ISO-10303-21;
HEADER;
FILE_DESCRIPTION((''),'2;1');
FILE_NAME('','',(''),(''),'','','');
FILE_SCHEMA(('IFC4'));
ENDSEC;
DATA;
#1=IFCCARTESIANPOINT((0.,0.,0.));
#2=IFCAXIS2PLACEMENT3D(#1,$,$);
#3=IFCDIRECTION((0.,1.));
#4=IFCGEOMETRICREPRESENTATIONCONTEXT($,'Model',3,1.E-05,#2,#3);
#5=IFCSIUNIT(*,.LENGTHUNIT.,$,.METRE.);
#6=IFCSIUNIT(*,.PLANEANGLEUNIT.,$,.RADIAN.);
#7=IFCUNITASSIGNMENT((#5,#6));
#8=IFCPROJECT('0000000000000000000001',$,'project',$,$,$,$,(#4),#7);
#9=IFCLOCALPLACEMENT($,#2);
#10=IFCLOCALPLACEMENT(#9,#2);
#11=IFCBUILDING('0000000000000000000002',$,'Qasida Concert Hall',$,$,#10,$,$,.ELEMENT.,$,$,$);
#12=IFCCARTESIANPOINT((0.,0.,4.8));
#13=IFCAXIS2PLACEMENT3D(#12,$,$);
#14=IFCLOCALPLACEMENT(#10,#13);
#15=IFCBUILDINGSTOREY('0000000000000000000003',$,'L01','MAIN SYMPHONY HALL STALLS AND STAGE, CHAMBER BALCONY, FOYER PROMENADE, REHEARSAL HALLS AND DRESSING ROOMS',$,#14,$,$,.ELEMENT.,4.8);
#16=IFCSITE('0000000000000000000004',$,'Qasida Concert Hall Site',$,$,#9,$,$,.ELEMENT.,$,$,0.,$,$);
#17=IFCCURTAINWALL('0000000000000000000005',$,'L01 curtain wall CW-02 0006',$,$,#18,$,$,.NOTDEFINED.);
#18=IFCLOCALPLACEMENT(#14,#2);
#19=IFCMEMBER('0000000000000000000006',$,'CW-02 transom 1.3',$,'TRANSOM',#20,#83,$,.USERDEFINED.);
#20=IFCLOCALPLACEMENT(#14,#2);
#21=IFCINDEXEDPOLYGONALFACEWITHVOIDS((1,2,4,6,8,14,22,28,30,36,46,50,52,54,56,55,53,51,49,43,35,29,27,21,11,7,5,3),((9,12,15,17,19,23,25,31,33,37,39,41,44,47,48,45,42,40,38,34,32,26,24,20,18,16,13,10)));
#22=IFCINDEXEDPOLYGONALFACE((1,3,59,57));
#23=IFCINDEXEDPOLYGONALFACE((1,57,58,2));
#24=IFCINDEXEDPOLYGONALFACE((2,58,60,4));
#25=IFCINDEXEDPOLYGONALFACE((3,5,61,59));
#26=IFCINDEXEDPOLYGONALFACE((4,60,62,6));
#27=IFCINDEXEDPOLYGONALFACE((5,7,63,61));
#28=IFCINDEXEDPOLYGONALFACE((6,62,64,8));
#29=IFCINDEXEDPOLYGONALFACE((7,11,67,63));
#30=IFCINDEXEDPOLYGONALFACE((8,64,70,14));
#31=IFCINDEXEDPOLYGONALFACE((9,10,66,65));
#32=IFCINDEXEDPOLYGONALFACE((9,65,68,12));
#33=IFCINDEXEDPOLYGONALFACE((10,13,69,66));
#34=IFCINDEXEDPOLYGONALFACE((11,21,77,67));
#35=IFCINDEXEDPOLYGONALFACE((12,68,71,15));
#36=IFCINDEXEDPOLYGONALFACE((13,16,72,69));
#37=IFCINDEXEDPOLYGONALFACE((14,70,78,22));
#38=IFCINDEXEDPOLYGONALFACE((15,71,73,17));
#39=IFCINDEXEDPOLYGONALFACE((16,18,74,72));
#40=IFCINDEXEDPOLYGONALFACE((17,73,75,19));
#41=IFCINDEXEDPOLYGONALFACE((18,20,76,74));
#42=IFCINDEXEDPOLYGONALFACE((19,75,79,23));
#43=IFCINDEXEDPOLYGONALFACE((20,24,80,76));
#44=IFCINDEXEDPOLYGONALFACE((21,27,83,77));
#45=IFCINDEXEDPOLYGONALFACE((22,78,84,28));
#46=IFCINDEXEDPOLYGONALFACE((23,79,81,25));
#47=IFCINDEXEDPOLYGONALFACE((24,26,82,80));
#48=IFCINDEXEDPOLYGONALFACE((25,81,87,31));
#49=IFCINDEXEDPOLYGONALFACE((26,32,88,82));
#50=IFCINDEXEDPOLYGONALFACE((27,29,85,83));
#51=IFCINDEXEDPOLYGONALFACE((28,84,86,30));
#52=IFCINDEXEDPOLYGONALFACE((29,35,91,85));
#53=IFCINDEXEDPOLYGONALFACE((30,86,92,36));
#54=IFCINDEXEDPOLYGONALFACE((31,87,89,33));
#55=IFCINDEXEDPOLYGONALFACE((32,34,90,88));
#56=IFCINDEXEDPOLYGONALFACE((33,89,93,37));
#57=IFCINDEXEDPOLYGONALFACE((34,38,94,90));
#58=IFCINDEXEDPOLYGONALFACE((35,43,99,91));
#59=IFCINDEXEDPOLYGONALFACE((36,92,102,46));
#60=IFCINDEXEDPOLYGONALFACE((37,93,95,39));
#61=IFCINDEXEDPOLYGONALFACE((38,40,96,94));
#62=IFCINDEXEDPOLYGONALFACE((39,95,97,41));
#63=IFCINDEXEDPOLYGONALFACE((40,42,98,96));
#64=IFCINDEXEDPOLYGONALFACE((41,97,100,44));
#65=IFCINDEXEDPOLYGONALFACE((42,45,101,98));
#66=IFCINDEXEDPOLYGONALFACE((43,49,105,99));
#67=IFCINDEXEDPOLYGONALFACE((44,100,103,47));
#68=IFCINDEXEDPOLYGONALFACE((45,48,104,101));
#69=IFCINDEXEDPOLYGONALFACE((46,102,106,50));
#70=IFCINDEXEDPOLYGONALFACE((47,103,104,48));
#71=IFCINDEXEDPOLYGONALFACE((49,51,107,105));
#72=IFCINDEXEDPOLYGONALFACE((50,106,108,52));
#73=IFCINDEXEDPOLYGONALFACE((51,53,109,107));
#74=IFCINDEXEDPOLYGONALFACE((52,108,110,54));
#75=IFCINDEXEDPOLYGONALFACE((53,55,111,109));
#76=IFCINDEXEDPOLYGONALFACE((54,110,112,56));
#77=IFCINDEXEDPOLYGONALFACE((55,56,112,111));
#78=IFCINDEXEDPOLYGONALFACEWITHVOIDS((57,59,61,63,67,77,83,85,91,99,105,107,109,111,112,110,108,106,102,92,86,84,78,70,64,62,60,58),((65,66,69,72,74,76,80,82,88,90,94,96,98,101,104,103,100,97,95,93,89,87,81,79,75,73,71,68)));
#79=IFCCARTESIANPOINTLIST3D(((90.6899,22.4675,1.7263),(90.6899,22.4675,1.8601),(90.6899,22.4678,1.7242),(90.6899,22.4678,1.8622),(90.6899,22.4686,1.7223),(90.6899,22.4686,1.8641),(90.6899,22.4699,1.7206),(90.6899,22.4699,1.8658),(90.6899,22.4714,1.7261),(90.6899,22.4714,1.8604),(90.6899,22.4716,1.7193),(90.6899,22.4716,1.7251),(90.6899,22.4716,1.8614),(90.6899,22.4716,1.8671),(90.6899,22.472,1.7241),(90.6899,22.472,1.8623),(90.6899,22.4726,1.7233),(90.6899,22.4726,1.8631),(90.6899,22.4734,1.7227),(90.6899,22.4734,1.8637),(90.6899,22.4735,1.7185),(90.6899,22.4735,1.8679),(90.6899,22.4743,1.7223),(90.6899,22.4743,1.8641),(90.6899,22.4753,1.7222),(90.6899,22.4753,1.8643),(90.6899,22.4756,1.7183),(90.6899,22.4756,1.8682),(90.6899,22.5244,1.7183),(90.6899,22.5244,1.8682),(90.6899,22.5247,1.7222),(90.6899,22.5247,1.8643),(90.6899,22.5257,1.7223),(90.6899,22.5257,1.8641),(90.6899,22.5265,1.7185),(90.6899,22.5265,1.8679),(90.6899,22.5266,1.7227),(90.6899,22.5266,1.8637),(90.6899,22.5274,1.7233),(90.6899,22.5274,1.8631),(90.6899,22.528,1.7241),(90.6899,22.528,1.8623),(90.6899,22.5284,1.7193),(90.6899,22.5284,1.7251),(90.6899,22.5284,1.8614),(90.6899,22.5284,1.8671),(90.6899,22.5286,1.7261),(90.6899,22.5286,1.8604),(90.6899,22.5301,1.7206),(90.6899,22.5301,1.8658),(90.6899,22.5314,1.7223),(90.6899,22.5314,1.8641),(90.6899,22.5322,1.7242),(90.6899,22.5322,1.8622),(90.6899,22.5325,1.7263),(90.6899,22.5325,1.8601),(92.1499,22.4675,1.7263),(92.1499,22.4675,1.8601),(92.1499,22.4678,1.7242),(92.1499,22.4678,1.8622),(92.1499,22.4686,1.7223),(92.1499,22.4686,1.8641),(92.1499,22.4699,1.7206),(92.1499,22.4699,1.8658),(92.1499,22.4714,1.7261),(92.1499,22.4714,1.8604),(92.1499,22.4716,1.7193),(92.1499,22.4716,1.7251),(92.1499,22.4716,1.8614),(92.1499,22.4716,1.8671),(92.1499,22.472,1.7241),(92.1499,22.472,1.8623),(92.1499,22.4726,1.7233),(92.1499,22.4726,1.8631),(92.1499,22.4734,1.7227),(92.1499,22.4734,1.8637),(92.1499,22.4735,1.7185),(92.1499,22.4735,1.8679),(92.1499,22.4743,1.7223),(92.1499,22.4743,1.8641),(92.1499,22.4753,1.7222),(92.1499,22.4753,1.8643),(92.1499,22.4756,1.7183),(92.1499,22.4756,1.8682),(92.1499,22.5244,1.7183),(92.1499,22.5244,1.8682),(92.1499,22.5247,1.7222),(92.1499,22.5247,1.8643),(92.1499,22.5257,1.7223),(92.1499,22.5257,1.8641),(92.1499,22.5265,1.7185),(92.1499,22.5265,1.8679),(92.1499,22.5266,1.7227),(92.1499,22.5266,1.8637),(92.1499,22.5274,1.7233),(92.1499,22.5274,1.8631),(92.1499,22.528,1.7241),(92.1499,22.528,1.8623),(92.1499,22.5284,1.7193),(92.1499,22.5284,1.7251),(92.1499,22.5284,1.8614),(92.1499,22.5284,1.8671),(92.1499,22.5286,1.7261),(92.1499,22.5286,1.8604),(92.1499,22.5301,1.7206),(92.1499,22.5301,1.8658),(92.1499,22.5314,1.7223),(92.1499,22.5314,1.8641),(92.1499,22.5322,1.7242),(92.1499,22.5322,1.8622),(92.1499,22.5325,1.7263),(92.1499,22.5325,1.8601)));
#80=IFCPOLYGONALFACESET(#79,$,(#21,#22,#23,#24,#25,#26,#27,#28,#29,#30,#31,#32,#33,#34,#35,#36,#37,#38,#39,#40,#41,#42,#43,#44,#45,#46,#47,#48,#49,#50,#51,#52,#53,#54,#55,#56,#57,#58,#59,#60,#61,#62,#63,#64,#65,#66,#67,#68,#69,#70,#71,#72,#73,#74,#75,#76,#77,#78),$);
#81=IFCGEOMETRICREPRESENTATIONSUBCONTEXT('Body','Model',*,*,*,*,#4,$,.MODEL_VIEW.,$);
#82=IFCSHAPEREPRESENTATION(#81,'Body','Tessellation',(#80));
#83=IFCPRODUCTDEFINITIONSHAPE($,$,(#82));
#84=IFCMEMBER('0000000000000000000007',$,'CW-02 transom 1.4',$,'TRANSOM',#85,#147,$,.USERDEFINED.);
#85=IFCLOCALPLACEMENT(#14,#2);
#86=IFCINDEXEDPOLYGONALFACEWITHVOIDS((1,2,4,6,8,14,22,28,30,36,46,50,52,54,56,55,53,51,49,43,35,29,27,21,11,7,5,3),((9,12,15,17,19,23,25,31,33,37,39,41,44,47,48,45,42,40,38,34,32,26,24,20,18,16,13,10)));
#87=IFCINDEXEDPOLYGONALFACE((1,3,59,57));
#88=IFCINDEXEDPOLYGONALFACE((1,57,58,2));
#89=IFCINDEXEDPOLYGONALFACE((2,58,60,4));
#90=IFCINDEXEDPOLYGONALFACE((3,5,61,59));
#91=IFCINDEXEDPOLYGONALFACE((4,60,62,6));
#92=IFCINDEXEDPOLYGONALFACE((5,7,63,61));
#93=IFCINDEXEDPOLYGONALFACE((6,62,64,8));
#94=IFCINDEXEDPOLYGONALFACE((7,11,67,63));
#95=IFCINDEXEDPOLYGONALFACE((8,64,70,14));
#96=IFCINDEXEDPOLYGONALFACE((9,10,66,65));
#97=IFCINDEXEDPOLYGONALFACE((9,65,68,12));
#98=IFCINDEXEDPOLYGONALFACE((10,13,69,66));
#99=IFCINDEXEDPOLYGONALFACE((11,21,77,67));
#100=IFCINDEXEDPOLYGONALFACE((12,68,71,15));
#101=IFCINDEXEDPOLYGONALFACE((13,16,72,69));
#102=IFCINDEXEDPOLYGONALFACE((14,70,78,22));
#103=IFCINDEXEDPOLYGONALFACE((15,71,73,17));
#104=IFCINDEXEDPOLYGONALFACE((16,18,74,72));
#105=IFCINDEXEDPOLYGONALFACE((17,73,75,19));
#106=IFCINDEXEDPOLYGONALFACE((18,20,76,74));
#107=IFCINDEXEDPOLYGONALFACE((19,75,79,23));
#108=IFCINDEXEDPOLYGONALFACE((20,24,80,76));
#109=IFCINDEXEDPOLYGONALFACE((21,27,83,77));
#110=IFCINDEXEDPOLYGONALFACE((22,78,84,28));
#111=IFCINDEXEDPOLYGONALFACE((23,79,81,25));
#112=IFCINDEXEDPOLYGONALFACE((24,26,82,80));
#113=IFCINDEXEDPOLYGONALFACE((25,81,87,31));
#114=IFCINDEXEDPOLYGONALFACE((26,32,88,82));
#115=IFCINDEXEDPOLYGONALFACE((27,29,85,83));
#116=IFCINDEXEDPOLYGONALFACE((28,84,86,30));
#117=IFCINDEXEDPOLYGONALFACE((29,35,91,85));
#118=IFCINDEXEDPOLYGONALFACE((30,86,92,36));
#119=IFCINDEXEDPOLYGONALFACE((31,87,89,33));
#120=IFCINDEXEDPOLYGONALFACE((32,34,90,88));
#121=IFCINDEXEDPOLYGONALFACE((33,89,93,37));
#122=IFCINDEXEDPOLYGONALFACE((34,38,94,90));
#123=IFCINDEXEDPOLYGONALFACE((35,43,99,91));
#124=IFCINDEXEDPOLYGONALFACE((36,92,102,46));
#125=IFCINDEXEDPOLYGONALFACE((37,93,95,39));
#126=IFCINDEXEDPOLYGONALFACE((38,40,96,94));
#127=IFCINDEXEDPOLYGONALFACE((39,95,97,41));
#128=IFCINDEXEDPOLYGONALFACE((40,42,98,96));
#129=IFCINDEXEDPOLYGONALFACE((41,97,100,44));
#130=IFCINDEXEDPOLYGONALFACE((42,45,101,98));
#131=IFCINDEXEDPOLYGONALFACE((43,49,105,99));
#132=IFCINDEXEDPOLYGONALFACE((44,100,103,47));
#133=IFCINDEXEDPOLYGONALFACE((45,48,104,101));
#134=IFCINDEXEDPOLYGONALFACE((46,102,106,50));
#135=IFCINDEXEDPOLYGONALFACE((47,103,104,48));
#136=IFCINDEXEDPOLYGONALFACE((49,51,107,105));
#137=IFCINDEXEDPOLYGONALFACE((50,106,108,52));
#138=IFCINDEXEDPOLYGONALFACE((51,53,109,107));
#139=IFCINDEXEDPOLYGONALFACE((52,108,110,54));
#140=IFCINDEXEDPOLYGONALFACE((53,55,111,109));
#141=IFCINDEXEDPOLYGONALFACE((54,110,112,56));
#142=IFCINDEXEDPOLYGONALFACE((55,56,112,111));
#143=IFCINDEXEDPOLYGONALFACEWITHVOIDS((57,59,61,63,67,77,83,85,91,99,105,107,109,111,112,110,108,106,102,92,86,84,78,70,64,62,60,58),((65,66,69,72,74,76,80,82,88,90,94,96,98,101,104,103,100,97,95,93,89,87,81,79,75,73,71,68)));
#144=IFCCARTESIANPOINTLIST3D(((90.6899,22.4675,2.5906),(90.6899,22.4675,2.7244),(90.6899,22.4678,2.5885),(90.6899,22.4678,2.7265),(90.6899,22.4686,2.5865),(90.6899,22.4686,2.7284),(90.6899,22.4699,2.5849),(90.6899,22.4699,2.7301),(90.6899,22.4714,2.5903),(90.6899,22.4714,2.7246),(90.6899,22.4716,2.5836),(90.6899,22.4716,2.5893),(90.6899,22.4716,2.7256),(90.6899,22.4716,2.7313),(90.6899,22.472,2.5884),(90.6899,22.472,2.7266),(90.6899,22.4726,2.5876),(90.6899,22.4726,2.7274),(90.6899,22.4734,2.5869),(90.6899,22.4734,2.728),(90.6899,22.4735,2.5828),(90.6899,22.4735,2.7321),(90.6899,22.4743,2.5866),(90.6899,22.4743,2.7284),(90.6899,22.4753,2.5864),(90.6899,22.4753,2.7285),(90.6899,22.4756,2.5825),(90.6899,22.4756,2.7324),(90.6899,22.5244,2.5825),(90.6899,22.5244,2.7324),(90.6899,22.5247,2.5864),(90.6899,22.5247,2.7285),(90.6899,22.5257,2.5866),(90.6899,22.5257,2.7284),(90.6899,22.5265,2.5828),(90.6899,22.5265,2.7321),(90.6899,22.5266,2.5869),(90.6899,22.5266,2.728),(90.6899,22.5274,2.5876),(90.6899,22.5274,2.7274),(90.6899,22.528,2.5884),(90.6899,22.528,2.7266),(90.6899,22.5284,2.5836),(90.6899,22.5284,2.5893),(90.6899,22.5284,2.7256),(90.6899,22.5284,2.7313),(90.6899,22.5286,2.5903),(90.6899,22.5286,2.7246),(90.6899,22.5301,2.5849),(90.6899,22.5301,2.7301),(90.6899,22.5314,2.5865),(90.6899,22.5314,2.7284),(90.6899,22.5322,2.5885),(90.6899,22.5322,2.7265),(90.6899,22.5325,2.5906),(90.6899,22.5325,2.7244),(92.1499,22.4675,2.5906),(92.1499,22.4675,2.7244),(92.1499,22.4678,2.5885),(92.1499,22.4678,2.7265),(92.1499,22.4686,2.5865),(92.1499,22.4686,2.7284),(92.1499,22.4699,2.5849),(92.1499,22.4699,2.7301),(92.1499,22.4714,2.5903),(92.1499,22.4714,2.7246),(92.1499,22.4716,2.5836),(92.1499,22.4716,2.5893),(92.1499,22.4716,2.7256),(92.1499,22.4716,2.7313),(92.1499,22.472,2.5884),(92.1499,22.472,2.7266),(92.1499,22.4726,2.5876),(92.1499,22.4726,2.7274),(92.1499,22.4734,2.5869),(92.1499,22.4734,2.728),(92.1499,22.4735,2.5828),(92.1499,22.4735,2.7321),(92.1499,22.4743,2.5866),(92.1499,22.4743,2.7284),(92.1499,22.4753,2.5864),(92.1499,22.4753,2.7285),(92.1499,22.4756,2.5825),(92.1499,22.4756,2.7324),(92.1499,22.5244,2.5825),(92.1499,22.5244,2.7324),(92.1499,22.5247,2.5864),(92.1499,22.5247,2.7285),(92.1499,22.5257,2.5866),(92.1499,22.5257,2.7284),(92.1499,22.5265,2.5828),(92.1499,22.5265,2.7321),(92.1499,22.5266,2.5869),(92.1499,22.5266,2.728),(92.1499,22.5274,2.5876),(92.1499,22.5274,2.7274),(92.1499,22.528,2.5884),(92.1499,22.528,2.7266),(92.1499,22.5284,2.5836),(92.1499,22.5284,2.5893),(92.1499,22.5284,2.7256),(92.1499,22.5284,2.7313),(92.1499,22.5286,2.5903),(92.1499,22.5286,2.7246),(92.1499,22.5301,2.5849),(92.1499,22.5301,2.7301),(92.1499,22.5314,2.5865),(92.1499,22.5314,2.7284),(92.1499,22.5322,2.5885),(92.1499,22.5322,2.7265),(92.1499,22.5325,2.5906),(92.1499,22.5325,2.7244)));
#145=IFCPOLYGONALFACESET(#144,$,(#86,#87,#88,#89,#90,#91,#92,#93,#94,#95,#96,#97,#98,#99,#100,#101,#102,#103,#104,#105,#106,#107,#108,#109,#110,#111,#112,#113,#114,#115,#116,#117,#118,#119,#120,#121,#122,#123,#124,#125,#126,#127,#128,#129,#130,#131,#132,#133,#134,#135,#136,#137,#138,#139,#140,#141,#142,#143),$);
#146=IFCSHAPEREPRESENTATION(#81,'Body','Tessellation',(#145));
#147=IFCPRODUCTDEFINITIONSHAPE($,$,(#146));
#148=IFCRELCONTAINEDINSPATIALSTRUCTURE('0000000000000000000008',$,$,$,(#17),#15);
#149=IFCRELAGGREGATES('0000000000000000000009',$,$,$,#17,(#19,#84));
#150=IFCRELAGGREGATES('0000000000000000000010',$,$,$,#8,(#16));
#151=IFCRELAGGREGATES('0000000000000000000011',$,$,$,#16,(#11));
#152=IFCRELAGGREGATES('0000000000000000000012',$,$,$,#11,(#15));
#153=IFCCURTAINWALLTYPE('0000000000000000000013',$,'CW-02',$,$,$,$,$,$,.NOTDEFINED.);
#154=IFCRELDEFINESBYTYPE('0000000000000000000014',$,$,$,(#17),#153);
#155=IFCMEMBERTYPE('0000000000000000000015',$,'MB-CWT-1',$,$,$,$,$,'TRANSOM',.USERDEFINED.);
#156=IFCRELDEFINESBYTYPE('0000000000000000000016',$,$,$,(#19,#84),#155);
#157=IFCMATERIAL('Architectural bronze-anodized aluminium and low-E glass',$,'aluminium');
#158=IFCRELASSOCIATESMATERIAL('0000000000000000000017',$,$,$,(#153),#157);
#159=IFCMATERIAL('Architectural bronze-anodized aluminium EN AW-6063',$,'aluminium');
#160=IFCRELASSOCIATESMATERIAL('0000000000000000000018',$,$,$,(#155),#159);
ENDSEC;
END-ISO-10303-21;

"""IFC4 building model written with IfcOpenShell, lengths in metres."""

from ifc_helpers import new_model, si_unit, direction, frame, origin, origin_2d, place, context, subcontext, project, spatial, hollow_rectangle, extrude, material, material_profile, profile_set, type_object, element, aggregate, save


model = new_model("IFC4")

# Units and contexts
model_context = context("Model", 3, precision=1e-05, world=origin(), true_north=direction((0.0, 1.0)))
body_context = subcontext(model_context, "Body", "Model", "MODEL_VIEW")
ifc_project = project(units=[si_unit("LENGTHUNIT", "METRE"), si_unit("PLANEANGLEUNIT", "RADIAN")], contexts=[model_context])

# Site, building, storey
site_placement = place(None, origin())
site = spatial("IfcSite", under=ifc_project, at=site_placement, Name="Qasida Concert Hall Site", CompositionType="ELEMENT", RefElevation=0.0)
building_placement = place(site_placement, origin())
building = spatial("IfcBuilding", under=site, at=building_placement, Name="Qasida Concert Hall", CompositionType="ELEMENT")
storey_placement = place(building_placement, frame((0.0, 0.0, 4.8)))
storey = spatial("IfcBuildingStorey", under=building, at=storey_placement, Name="L01", Description="MAIN SYMPHONY HALL STALLS AND STAGE, CHAMBER BALCONY, FOYER PROMENADE, REHEARSAL HALLS AND DRESSING ROOMS", CompositionType="ELEMENT", Elevation=4.8)

# Curtain wall, members
ifc_material_1 = material(Name="Architectural bronze-anodized aluminium and low-E glass", Category="aluminium")
curtain_wall_type = type_object("IfcCurtainWallType", Name="CW-02", PredefinedType="NOTDEFINED", material=ifc_material_1)
curtain_wall_placement = place(storey_placement, origin())
curtain_wall = element("IfcCurtainWall", 1, at=curtain_wall_placement, inside=storey, type_object=curtain_wall_type, Name="L01 curtain wall CW-02 0006", PredefinedType="NOTDEFINED")
ifc_material_2 = material(Name="Architectural bronze-anodized aluminium EN AW-6063", Category="aluminium")
ifc_material_profile_1 = material_profile(ifc_material_2, hollow_rectangle(XDim=0.0649, YDim=0.1499, WallThickness=0.0039, InnerFilletRadius=0.0039, OuterFilletRadius=0.0081, at=origin_2d()), Name="CWT 150x65x4")
ifc_profile_set_1 = profile_set([ifc_material_profile_1], Name="Architectural bronze-anodized aluminium EN AW-6063")
member_type_1 = type_object("IfcMemberType", Name="MB-CWT-1", ElementType="TRANSOM", PredefinedType="USERDEFINED", material=ifc_profile_set_1)
member_1_placement = place(storey_placement, frame((90.6899, 22.5, 1.7932), z_axis=(1.0, 0.0, 0.0), x_axis=(0.0, 1.0, 0.0)))
member_1 = element("IfcMember", 2, at=member_1_placement, type_object=member_type_1, Name="CW-02 transom 1.3", ObjectType="TRANSOM", PredefinedType="USERDEFINED", context=body_context, shape_type="SweptSolid", body=[
    extrude(hollow_rectangle(XDim=0.0649, YDim=0.1499, WallThickness=0.0039, InnerFilletRadius=0.0039, OuterFilletRadius=0.0081, at=origin_2d()), origin(), (0.0, 0.0, 1.0), 1.46),
])
member_2_placement = place(storey_placement, frame((90.6899, 22.5, 2.6575), z_axis=(1.0, 0.0, 0.0), x_axis=(0.0, 1.0, 0.0)))
member_2 = element("IfcMember", 3, at=member_2_placement, type_object=member_type_1, Name="CW-02 transom 1.4", ObjectType="TRANSOM", PredefinedType="USERDEFINED", context=body_context, shape_type="SweptSolid", body=[
    extrude(hollow_rectangle(XDim=0.0649, YDim=0.1499, WallThickness=0.0039, InnerFilletRadius=0.0039, OuterFilletRadius=0.0081, at=origin_2d()), origin(), (0.0, 0.0, 1.0), 1.46),
])
aggregate(curtain_wall, [member_1, member_2])

save(model, "model.ifc")
